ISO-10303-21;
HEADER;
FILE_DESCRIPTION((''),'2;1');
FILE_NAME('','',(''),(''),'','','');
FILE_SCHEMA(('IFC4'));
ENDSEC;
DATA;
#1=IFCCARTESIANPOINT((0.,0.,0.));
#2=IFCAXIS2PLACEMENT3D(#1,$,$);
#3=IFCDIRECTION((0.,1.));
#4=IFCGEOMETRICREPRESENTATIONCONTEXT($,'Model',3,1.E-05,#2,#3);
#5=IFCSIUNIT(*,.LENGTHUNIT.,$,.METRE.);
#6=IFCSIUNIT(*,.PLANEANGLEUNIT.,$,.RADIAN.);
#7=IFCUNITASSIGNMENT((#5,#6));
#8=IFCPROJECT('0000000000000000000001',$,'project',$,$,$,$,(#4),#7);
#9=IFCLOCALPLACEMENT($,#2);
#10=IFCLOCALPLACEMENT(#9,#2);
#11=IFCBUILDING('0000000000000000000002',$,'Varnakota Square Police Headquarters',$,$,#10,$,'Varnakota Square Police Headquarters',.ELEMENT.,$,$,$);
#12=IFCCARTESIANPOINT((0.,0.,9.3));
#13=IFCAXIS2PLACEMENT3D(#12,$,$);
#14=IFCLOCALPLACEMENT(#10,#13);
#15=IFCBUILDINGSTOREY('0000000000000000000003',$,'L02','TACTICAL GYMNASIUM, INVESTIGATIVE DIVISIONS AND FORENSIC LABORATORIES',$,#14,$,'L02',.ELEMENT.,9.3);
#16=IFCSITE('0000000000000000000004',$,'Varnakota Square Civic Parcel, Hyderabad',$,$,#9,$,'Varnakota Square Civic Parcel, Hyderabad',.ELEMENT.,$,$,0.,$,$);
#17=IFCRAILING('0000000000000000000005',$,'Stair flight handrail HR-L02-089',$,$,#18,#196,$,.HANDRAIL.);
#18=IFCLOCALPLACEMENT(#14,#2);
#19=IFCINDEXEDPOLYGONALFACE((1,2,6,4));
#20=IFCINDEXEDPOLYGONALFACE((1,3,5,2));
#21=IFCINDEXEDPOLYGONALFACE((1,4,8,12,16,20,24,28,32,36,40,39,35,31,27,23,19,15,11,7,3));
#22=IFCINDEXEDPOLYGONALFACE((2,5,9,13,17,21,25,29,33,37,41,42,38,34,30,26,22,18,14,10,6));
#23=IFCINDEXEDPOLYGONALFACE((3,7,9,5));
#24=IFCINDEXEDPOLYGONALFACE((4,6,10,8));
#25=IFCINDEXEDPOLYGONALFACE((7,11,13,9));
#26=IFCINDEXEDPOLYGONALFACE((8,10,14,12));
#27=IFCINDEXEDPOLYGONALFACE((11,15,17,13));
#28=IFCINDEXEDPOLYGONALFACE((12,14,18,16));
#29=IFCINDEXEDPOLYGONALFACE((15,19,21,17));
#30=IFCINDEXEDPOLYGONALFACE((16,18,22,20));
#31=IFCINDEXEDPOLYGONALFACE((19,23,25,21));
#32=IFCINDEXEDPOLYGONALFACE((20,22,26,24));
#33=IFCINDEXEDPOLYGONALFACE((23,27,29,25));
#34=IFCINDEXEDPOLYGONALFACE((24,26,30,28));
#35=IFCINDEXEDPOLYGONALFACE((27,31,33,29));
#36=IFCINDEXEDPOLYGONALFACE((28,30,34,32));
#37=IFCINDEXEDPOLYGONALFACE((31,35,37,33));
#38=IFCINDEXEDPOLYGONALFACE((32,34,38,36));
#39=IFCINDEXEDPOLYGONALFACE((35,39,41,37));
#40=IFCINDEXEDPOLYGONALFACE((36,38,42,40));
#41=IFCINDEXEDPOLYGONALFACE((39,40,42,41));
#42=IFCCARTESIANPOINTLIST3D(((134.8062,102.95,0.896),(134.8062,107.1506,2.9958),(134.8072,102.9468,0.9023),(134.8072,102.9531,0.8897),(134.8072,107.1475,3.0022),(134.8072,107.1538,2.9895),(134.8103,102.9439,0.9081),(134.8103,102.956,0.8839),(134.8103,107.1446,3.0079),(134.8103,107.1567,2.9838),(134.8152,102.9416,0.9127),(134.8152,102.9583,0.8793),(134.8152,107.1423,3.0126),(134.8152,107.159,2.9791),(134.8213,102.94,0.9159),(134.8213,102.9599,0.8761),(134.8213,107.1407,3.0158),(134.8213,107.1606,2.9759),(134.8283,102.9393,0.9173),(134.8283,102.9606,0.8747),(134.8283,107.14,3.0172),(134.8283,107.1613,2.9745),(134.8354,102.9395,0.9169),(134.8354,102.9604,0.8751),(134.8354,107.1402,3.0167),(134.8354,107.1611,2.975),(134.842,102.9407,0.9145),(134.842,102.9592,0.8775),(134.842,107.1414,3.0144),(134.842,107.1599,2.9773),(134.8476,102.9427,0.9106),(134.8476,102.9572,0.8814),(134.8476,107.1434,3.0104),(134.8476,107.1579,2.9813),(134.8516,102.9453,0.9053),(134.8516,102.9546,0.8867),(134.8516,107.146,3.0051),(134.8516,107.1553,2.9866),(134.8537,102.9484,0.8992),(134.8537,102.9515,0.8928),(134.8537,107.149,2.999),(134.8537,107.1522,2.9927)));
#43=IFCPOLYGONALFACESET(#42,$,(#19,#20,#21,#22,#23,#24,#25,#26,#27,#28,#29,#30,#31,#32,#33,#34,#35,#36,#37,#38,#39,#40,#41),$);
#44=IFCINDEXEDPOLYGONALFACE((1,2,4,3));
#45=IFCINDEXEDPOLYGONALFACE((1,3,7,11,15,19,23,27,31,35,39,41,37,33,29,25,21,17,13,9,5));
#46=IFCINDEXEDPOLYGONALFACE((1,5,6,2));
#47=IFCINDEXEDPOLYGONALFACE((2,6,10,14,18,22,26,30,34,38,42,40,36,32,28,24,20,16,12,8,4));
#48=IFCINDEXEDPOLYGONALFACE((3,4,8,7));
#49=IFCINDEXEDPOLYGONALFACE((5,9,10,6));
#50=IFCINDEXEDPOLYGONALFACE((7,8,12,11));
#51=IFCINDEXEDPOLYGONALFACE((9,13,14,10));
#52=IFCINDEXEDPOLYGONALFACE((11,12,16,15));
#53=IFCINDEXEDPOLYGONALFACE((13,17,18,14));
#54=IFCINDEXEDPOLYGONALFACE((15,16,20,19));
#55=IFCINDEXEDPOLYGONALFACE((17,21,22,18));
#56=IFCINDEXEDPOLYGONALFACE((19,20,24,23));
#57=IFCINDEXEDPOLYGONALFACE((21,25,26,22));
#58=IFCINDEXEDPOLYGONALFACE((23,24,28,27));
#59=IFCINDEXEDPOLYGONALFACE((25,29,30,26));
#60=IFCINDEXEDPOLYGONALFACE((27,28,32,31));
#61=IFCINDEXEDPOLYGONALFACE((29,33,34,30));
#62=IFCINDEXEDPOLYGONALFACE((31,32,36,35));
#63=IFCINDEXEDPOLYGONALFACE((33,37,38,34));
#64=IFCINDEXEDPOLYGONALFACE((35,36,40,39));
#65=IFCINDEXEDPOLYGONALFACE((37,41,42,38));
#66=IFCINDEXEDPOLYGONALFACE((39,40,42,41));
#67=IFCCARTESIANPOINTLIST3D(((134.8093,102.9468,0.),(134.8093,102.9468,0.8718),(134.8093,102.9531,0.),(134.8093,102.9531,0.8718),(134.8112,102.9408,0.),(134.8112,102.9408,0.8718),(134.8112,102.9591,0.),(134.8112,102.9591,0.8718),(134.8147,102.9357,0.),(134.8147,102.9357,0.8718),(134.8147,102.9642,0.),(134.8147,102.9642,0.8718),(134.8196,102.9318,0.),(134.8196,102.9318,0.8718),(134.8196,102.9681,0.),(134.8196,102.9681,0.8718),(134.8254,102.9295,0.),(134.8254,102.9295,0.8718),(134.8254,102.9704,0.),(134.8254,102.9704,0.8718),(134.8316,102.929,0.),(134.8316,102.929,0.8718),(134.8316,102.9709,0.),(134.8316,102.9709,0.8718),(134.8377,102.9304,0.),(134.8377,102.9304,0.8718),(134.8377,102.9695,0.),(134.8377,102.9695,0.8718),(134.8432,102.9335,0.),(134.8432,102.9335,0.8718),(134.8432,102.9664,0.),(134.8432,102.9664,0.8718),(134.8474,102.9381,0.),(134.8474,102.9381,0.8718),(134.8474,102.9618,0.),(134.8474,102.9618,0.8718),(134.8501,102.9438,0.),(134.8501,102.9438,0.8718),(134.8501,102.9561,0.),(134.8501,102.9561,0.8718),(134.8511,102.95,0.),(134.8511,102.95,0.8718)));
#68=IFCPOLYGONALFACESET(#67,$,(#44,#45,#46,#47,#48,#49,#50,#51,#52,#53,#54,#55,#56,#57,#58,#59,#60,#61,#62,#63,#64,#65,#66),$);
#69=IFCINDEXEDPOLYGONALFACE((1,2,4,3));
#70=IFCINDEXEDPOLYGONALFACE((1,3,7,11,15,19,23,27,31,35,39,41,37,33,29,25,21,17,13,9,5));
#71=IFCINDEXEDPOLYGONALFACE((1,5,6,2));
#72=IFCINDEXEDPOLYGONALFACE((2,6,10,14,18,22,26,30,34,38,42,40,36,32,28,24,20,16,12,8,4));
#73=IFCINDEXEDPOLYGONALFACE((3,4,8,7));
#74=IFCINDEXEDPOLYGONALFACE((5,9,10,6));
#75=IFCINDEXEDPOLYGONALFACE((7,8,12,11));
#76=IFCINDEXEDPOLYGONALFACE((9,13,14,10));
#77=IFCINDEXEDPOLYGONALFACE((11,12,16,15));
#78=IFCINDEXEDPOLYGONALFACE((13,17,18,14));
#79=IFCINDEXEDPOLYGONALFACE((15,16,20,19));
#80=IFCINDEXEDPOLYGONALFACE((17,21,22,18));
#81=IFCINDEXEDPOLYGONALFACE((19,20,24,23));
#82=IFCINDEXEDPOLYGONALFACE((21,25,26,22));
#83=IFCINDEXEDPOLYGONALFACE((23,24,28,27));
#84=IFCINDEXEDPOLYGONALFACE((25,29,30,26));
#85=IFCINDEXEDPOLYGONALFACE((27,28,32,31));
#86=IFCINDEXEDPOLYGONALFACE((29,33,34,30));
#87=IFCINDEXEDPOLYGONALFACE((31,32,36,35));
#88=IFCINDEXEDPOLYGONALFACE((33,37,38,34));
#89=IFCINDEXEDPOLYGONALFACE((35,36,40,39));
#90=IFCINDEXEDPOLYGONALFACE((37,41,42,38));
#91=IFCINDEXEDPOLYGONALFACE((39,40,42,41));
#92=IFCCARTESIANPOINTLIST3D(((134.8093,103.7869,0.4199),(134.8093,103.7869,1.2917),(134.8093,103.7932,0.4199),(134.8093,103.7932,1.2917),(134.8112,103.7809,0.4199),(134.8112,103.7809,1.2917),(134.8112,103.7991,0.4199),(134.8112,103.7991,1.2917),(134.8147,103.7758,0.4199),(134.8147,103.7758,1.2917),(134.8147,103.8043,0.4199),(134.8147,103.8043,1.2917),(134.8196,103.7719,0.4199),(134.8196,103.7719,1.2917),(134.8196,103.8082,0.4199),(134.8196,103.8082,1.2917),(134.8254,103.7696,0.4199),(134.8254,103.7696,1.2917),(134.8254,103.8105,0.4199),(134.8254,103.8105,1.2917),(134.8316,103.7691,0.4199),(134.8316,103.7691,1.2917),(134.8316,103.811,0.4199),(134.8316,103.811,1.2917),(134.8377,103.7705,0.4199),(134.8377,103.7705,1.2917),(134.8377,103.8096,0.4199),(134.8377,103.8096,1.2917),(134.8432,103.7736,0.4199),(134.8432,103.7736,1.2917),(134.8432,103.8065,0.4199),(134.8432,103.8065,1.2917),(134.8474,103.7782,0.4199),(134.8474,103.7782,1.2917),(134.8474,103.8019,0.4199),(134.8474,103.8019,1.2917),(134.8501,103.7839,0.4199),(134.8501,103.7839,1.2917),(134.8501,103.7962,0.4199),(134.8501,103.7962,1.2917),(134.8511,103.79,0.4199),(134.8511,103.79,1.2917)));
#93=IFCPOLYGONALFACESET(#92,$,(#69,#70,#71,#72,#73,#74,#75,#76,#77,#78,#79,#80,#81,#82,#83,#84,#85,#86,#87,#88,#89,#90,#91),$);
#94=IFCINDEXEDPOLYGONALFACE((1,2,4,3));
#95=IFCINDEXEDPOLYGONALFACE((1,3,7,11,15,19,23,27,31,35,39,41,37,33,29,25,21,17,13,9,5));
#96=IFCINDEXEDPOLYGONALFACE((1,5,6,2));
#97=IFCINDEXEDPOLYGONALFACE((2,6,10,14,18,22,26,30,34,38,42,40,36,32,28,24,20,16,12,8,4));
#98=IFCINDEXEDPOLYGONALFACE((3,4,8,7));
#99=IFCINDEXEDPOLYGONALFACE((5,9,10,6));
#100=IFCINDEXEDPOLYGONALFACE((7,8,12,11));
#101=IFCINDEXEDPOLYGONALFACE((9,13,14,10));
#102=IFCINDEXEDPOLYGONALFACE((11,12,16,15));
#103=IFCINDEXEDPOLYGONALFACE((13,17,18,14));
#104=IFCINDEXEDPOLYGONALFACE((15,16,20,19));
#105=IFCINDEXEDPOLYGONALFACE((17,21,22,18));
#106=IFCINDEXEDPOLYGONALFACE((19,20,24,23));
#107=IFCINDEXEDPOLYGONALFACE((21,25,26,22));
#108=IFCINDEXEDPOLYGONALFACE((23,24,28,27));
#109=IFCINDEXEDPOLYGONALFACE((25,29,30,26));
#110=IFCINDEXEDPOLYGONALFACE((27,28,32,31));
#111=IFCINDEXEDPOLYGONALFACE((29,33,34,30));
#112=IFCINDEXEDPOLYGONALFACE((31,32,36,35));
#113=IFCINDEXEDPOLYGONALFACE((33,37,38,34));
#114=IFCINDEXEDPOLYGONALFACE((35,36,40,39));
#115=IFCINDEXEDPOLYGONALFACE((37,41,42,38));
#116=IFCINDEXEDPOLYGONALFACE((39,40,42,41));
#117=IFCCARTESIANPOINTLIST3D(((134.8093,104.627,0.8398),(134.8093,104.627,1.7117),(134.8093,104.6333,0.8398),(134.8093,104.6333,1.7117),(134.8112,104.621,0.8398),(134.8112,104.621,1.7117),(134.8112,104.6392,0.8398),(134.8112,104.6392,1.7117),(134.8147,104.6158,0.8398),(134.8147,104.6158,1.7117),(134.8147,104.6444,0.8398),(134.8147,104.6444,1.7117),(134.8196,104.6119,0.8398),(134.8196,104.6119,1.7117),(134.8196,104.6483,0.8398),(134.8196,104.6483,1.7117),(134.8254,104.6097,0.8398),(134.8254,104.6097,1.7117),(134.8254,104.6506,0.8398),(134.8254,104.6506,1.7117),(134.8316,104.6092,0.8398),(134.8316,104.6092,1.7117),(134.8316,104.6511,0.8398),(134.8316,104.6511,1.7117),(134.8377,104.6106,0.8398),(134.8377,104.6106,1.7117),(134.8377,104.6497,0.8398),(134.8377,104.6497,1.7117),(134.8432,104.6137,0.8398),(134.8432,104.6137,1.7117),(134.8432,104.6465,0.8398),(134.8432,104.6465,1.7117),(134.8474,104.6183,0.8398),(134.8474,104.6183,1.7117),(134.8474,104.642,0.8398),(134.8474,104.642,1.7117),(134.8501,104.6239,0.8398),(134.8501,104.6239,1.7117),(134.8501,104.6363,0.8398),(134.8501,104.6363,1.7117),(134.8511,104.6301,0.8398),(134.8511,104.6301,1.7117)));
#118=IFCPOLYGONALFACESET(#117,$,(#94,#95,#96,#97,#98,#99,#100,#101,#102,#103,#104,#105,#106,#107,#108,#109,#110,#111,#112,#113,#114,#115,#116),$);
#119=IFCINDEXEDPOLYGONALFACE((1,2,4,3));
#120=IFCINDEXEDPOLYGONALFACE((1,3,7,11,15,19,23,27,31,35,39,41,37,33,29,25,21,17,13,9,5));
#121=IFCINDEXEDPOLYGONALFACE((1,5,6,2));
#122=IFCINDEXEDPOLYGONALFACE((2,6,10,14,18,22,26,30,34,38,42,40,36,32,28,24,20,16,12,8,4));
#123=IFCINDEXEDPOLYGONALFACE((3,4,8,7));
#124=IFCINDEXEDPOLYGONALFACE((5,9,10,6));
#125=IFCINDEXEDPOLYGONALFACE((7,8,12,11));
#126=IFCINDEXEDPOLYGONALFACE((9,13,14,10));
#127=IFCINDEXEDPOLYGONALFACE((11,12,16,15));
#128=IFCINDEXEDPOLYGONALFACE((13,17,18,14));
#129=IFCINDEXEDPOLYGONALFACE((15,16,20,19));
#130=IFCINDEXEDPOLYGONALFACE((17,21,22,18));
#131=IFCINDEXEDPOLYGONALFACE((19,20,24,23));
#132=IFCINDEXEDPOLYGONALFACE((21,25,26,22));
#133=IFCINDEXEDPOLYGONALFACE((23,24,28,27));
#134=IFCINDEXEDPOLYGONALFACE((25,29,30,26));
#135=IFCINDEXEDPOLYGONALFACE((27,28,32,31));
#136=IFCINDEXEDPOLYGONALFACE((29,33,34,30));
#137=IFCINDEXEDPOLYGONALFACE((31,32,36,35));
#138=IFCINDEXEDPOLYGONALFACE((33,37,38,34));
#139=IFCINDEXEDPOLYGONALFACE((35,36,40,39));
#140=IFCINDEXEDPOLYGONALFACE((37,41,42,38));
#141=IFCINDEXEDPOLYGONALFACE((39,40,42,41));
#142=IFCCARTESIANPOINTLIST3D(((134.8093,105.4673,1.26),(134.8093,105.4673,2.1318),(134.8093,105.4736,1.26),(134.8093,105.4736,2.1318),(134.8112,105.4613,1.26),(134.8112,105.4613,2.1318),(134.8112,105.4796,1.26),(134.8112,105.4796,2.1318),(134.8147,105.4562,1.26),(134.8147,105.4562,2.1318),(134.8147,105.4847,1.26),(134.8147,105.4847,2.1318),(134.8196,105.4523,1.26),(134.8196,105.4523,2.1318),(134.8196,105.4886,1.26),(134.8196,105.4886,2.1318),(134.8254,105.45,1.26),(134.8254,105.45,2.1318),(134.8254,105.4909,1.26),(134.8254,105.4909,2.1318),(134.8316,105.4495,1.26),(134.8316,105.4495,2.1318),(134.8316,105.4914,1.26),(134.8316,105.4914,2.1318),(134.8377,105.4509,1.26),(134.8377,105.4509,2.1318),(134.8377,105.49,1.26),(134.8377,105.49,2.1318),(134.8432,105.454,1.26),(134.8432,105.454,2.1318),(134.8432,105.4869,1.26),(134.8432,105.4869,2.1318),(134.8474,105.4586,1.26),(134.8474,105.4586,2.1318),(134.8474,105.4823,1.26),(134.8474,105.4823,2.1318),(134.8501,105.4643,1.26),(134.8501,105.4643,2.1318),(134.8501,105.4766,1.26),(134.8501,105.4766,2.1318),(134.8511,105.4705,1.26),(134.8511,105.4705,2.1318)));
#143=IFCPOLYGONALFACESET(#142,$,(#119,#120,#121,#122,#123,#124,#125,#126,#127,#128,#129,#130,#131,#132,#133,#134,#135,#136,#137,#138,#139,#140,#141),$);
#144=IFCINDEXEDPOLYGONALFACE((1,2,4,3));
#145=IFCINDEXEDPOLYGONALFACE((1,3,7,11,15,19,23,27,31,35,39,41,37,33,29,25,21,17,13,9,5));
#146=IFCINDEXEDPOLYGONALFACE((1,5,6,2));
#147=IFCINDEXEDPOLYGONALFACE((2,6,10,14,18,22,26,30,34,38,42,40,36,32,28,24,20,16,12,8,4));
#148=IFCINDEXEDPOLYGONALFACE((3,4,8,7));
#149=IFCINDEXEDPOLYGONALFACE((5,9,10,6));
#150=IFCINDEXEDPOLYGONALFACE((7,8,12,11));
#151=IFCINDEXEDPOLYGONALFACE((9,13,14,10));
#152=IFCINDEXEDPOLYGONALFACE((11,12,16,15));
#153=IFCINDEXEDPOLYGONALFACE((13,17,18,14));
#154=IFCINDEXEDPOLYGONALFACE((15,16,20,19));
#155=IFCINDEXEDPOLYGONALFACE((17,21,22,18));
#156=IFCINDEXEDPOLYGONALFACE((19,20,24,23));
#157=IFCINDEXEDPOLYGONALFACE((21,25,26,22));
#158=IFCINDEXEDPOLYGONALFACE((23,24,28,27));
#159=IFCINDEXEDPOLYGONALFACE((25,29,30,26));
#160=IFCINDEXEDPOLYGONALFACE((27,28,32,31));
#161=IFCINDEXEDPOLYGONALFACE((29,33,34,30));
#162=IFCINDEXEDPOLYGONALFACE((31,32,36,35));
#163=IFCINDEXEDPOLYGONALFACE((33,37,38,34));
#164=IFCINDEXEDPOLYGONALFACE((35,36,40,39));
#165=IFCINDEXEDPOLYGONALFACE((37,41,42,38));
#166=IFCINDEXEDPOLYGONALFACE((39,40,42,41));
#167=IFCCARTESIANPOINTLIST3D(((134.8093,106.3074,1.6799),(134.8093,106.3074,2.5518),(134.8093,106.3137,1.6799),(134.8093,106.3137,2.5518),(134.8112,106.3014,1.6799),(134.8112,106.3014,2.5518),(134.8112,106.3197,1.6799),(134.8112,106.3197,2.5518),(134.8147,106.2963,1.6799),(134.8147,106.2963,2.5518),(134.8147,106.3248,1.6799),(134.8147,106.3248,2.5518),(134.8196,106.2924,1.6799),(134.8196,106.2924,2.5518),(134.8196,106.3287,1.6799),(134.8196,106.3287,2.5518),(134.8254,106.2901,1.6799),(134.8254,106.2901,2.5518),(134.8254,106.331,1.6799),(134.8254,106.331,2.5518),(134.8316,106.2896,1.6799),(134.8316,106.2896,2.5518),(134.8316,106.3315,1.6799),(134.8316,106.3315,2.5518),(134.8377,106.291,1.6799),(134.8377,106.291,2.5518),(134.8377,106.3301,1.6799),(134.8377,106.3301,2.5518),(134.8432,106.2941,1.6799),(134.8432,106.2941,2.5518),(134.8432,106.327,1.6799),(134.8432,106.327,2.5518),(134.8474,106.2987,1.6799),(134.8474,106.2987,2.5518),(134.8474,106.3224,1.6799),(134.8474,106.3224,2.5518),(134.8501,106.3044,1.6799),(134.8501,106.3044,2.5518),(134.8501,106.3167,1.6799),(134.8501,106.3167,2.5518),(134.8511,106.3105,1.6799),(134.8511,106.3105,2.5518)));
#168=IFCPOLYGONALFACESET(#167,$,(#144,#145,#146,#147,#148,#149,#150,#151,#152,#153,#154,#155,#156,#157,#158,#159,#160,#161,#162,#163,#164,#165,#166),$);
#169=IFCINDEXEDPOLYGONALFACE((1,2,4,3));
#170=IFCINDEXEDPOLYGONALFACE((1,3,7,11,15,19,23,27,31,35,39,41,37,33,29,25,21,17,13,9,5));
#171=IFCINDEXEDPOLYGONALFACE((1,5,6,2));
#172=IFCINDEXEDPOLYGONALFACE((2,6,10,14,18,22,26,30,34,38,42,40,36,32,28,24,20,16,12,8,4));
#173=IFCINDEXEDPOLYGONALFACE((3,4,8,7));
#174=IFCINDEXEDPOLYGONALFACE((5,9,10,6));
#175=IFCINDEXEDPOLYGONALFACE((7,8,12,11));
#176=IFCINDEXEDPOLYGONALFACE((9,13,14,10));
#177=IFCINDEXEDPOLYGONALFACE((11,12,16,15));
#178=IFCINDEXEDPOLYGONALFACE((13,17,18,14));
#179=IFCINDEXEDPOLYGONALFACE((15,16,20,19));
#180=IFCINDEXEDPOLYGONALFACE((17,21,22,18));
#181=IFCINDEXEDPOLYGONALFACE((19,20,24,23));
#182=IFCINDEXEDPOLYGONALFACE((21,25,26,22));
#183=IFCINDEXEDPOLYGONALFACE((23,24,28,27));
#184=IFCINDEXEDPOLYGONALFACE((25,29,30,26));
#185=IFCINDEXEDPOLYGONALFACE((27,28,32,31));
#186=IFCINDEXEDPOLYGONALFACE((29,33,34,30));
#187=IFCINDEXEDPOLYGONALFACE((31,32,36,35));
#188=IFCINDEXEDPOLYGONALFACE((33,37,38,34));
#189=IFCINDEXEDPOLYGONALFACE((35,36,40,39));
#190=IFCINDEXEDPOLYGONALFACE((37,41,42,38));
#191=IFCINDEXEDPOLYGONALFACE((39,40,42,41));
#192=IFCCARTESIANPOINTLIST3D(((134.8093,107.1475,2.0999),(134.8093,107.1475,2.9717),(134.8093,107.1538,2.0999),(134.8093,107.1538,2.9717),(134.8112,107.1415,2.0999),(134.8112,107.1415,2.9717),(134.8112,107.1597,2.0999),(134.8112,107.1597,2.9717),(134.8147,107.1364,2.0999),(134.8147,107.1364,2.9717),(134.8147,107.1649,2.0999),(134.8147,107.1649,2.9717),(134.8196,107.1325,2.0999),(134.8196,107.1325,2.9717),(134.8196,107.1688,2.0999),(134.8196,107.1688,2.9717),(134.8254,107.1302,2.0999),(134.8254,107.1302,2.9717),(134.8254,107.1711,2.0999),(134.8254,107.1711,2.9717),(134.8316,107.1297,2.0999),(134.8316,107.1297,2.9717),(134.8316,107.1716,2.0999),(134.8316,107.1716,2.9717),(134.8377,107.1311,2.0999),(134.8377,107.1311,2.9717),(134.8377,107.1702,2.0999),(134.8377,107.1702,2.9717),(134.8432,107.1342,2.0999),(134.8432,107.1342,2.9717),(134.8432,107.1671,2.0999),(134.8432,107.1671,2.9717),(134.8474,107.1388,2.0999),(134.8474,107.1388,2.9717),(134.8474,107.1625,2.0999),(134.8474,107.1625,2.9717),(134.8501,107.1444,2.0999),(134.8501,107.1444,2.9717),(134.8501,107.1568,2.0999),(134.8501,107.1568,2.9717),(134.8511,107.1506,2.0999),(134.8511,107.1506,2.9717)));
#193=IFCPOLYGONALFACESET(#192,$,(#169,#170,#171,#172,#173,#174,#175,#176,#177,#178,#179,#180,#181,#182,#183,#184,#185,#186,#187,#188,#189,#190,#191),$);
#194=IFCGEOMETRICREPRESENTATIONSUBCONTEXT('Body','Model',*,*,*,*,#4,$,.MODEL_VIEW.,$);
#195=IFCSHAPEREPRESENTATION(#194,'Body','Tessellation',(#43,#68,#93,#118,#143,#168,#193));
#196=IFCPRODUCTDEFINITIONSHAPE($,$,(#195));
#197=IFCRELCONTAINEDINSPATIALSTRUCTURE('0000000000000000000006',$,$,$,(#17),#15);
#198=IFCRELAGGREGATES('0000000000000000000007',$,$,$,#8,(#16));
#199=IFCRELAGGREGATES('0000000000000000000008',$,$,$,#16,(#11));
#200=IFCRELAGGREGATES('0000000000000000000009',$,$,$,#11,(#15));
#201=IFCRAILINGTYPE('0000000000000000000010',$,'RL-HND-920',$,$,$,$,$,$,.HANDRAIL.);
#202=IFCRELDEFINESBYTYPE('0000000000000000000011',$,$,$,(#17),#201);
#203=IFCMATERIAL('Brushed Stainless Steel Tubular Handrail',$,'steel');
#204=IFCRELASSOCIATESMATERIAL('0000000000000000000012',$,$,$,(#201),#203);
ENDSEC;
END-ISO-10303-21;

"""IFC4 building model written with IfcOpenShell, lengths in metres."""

from ifc_helpers import new_model, si_unit, direction, frame, origin, origin_2d, place, context, subcontext, project, spatial, circle, extrude, material, type_object, element, save


model = new_model("IFC4")

# Units and contexts
model_context = context("Model", 3, precision=1e-05, world=origin(), true_north=direction((0.0, 1.0)))
body_context = subcontext(model_context, "Body", "Model", "MODEL_VIEW")
ifc_project = project(units=[si_unit("LENGTHUNIT", "METRE"), si_unit("PLANEANGLEUNIT", "RADIAN")], contexts=[model_context])

# Site, building, storey
site_placement = place(None, origin())
site = spatial("IfcSite", under=ifc_project, at=site_placement, Name="Varnakota Square Civic Parcel, Hyderabad", LongName="Varnakota Square Civic Parcel, Hyderabad", CompositionType="ELEMENT", RefElevation=0.0)
building_placement = place(site_placement, origin())
building = spatial("IfcBuilding", under=site, at=building_placement, Name="Varnakota Square Police Headquarters", LongName="Varnakota Square Police Headquarters", CompositionType="ELEMENT")
storey_placement = place(building_placement, frame((0.0, 0.0, 9.3)))
storey = spatial("IfcBuildingStorey", under=building, at=storey_placement, Name="L02", Description="TACTICAL GYMNASIUM, INVESTIGATIVE DIVISIONS AND FORENSIC LABORATORIES", LongName="L02", CompositionType="ELEMENT", Elevation=9.3)

# Railing
ifc_material_1 = material(Name="Brushed Stainless Steel Tubular Handrail", Category="steel")
railing_type_1 = type_object("IfcRailingType", Name="RL-HND-920", PredefinedType="HANDRAIL", material=ifc_material_1)
railing_1_placement = place(storey_placement, frame((134.8301, 102.95, 0.0)))
element("IfcRailing", 1, at=railing_1_placement, inside=storey, type_object=railing_type_1, Name="Stair flight handrail HR-L02-089", PredefinedType="HANDRAIL", context=body_context, shape_type="SweptSolid", body=[
    extrude(circle(Radius=0.0239, at=origin_2d()), frame((0.0, 0.0, 0.896), z_axis=(0.0, 0.894469, 0.44713), x_axis=(-1.0, 0.0, 0.0)), (0.0, 0.0, 1.0), 4.6963),
    extrude(circle(Radius=0.021, at=origin_2d()), origin(), (0.0, 0.0, 1.0), 0.8718),
    extrude(circle(Radius=0.021, at=origin_2d()), frame((0.0, 0.8401, 0.4199)), (0.0, 0.0, 1.0), 0.8718),
    extrude(circle(Radius=0.021, at=origin_2d()), frame((0.0, 1.6802, 0.8398)), (0.0, 0.0, 1.0), 0.8718),
    extrude(circle(Radius=0.021, at=origin_2d()), frame((0.0, 2.5205, 1.26)), (0.0, 0.0, 1.0), 0.8718),
    extrude(circle(Radius=0.021, at=origin_2d()), frame((0.0, 3.3606, 1.6799)), (0.0, 0.0, 1.0), 0.8718),
    extrude(circle(Radius=0.021, at=origin_2d()), frame((0.0, 4.2007, 2.0999)), (0.0, 0.0, 1.0), 0.8718),
])

save(model, "model.ifc")
